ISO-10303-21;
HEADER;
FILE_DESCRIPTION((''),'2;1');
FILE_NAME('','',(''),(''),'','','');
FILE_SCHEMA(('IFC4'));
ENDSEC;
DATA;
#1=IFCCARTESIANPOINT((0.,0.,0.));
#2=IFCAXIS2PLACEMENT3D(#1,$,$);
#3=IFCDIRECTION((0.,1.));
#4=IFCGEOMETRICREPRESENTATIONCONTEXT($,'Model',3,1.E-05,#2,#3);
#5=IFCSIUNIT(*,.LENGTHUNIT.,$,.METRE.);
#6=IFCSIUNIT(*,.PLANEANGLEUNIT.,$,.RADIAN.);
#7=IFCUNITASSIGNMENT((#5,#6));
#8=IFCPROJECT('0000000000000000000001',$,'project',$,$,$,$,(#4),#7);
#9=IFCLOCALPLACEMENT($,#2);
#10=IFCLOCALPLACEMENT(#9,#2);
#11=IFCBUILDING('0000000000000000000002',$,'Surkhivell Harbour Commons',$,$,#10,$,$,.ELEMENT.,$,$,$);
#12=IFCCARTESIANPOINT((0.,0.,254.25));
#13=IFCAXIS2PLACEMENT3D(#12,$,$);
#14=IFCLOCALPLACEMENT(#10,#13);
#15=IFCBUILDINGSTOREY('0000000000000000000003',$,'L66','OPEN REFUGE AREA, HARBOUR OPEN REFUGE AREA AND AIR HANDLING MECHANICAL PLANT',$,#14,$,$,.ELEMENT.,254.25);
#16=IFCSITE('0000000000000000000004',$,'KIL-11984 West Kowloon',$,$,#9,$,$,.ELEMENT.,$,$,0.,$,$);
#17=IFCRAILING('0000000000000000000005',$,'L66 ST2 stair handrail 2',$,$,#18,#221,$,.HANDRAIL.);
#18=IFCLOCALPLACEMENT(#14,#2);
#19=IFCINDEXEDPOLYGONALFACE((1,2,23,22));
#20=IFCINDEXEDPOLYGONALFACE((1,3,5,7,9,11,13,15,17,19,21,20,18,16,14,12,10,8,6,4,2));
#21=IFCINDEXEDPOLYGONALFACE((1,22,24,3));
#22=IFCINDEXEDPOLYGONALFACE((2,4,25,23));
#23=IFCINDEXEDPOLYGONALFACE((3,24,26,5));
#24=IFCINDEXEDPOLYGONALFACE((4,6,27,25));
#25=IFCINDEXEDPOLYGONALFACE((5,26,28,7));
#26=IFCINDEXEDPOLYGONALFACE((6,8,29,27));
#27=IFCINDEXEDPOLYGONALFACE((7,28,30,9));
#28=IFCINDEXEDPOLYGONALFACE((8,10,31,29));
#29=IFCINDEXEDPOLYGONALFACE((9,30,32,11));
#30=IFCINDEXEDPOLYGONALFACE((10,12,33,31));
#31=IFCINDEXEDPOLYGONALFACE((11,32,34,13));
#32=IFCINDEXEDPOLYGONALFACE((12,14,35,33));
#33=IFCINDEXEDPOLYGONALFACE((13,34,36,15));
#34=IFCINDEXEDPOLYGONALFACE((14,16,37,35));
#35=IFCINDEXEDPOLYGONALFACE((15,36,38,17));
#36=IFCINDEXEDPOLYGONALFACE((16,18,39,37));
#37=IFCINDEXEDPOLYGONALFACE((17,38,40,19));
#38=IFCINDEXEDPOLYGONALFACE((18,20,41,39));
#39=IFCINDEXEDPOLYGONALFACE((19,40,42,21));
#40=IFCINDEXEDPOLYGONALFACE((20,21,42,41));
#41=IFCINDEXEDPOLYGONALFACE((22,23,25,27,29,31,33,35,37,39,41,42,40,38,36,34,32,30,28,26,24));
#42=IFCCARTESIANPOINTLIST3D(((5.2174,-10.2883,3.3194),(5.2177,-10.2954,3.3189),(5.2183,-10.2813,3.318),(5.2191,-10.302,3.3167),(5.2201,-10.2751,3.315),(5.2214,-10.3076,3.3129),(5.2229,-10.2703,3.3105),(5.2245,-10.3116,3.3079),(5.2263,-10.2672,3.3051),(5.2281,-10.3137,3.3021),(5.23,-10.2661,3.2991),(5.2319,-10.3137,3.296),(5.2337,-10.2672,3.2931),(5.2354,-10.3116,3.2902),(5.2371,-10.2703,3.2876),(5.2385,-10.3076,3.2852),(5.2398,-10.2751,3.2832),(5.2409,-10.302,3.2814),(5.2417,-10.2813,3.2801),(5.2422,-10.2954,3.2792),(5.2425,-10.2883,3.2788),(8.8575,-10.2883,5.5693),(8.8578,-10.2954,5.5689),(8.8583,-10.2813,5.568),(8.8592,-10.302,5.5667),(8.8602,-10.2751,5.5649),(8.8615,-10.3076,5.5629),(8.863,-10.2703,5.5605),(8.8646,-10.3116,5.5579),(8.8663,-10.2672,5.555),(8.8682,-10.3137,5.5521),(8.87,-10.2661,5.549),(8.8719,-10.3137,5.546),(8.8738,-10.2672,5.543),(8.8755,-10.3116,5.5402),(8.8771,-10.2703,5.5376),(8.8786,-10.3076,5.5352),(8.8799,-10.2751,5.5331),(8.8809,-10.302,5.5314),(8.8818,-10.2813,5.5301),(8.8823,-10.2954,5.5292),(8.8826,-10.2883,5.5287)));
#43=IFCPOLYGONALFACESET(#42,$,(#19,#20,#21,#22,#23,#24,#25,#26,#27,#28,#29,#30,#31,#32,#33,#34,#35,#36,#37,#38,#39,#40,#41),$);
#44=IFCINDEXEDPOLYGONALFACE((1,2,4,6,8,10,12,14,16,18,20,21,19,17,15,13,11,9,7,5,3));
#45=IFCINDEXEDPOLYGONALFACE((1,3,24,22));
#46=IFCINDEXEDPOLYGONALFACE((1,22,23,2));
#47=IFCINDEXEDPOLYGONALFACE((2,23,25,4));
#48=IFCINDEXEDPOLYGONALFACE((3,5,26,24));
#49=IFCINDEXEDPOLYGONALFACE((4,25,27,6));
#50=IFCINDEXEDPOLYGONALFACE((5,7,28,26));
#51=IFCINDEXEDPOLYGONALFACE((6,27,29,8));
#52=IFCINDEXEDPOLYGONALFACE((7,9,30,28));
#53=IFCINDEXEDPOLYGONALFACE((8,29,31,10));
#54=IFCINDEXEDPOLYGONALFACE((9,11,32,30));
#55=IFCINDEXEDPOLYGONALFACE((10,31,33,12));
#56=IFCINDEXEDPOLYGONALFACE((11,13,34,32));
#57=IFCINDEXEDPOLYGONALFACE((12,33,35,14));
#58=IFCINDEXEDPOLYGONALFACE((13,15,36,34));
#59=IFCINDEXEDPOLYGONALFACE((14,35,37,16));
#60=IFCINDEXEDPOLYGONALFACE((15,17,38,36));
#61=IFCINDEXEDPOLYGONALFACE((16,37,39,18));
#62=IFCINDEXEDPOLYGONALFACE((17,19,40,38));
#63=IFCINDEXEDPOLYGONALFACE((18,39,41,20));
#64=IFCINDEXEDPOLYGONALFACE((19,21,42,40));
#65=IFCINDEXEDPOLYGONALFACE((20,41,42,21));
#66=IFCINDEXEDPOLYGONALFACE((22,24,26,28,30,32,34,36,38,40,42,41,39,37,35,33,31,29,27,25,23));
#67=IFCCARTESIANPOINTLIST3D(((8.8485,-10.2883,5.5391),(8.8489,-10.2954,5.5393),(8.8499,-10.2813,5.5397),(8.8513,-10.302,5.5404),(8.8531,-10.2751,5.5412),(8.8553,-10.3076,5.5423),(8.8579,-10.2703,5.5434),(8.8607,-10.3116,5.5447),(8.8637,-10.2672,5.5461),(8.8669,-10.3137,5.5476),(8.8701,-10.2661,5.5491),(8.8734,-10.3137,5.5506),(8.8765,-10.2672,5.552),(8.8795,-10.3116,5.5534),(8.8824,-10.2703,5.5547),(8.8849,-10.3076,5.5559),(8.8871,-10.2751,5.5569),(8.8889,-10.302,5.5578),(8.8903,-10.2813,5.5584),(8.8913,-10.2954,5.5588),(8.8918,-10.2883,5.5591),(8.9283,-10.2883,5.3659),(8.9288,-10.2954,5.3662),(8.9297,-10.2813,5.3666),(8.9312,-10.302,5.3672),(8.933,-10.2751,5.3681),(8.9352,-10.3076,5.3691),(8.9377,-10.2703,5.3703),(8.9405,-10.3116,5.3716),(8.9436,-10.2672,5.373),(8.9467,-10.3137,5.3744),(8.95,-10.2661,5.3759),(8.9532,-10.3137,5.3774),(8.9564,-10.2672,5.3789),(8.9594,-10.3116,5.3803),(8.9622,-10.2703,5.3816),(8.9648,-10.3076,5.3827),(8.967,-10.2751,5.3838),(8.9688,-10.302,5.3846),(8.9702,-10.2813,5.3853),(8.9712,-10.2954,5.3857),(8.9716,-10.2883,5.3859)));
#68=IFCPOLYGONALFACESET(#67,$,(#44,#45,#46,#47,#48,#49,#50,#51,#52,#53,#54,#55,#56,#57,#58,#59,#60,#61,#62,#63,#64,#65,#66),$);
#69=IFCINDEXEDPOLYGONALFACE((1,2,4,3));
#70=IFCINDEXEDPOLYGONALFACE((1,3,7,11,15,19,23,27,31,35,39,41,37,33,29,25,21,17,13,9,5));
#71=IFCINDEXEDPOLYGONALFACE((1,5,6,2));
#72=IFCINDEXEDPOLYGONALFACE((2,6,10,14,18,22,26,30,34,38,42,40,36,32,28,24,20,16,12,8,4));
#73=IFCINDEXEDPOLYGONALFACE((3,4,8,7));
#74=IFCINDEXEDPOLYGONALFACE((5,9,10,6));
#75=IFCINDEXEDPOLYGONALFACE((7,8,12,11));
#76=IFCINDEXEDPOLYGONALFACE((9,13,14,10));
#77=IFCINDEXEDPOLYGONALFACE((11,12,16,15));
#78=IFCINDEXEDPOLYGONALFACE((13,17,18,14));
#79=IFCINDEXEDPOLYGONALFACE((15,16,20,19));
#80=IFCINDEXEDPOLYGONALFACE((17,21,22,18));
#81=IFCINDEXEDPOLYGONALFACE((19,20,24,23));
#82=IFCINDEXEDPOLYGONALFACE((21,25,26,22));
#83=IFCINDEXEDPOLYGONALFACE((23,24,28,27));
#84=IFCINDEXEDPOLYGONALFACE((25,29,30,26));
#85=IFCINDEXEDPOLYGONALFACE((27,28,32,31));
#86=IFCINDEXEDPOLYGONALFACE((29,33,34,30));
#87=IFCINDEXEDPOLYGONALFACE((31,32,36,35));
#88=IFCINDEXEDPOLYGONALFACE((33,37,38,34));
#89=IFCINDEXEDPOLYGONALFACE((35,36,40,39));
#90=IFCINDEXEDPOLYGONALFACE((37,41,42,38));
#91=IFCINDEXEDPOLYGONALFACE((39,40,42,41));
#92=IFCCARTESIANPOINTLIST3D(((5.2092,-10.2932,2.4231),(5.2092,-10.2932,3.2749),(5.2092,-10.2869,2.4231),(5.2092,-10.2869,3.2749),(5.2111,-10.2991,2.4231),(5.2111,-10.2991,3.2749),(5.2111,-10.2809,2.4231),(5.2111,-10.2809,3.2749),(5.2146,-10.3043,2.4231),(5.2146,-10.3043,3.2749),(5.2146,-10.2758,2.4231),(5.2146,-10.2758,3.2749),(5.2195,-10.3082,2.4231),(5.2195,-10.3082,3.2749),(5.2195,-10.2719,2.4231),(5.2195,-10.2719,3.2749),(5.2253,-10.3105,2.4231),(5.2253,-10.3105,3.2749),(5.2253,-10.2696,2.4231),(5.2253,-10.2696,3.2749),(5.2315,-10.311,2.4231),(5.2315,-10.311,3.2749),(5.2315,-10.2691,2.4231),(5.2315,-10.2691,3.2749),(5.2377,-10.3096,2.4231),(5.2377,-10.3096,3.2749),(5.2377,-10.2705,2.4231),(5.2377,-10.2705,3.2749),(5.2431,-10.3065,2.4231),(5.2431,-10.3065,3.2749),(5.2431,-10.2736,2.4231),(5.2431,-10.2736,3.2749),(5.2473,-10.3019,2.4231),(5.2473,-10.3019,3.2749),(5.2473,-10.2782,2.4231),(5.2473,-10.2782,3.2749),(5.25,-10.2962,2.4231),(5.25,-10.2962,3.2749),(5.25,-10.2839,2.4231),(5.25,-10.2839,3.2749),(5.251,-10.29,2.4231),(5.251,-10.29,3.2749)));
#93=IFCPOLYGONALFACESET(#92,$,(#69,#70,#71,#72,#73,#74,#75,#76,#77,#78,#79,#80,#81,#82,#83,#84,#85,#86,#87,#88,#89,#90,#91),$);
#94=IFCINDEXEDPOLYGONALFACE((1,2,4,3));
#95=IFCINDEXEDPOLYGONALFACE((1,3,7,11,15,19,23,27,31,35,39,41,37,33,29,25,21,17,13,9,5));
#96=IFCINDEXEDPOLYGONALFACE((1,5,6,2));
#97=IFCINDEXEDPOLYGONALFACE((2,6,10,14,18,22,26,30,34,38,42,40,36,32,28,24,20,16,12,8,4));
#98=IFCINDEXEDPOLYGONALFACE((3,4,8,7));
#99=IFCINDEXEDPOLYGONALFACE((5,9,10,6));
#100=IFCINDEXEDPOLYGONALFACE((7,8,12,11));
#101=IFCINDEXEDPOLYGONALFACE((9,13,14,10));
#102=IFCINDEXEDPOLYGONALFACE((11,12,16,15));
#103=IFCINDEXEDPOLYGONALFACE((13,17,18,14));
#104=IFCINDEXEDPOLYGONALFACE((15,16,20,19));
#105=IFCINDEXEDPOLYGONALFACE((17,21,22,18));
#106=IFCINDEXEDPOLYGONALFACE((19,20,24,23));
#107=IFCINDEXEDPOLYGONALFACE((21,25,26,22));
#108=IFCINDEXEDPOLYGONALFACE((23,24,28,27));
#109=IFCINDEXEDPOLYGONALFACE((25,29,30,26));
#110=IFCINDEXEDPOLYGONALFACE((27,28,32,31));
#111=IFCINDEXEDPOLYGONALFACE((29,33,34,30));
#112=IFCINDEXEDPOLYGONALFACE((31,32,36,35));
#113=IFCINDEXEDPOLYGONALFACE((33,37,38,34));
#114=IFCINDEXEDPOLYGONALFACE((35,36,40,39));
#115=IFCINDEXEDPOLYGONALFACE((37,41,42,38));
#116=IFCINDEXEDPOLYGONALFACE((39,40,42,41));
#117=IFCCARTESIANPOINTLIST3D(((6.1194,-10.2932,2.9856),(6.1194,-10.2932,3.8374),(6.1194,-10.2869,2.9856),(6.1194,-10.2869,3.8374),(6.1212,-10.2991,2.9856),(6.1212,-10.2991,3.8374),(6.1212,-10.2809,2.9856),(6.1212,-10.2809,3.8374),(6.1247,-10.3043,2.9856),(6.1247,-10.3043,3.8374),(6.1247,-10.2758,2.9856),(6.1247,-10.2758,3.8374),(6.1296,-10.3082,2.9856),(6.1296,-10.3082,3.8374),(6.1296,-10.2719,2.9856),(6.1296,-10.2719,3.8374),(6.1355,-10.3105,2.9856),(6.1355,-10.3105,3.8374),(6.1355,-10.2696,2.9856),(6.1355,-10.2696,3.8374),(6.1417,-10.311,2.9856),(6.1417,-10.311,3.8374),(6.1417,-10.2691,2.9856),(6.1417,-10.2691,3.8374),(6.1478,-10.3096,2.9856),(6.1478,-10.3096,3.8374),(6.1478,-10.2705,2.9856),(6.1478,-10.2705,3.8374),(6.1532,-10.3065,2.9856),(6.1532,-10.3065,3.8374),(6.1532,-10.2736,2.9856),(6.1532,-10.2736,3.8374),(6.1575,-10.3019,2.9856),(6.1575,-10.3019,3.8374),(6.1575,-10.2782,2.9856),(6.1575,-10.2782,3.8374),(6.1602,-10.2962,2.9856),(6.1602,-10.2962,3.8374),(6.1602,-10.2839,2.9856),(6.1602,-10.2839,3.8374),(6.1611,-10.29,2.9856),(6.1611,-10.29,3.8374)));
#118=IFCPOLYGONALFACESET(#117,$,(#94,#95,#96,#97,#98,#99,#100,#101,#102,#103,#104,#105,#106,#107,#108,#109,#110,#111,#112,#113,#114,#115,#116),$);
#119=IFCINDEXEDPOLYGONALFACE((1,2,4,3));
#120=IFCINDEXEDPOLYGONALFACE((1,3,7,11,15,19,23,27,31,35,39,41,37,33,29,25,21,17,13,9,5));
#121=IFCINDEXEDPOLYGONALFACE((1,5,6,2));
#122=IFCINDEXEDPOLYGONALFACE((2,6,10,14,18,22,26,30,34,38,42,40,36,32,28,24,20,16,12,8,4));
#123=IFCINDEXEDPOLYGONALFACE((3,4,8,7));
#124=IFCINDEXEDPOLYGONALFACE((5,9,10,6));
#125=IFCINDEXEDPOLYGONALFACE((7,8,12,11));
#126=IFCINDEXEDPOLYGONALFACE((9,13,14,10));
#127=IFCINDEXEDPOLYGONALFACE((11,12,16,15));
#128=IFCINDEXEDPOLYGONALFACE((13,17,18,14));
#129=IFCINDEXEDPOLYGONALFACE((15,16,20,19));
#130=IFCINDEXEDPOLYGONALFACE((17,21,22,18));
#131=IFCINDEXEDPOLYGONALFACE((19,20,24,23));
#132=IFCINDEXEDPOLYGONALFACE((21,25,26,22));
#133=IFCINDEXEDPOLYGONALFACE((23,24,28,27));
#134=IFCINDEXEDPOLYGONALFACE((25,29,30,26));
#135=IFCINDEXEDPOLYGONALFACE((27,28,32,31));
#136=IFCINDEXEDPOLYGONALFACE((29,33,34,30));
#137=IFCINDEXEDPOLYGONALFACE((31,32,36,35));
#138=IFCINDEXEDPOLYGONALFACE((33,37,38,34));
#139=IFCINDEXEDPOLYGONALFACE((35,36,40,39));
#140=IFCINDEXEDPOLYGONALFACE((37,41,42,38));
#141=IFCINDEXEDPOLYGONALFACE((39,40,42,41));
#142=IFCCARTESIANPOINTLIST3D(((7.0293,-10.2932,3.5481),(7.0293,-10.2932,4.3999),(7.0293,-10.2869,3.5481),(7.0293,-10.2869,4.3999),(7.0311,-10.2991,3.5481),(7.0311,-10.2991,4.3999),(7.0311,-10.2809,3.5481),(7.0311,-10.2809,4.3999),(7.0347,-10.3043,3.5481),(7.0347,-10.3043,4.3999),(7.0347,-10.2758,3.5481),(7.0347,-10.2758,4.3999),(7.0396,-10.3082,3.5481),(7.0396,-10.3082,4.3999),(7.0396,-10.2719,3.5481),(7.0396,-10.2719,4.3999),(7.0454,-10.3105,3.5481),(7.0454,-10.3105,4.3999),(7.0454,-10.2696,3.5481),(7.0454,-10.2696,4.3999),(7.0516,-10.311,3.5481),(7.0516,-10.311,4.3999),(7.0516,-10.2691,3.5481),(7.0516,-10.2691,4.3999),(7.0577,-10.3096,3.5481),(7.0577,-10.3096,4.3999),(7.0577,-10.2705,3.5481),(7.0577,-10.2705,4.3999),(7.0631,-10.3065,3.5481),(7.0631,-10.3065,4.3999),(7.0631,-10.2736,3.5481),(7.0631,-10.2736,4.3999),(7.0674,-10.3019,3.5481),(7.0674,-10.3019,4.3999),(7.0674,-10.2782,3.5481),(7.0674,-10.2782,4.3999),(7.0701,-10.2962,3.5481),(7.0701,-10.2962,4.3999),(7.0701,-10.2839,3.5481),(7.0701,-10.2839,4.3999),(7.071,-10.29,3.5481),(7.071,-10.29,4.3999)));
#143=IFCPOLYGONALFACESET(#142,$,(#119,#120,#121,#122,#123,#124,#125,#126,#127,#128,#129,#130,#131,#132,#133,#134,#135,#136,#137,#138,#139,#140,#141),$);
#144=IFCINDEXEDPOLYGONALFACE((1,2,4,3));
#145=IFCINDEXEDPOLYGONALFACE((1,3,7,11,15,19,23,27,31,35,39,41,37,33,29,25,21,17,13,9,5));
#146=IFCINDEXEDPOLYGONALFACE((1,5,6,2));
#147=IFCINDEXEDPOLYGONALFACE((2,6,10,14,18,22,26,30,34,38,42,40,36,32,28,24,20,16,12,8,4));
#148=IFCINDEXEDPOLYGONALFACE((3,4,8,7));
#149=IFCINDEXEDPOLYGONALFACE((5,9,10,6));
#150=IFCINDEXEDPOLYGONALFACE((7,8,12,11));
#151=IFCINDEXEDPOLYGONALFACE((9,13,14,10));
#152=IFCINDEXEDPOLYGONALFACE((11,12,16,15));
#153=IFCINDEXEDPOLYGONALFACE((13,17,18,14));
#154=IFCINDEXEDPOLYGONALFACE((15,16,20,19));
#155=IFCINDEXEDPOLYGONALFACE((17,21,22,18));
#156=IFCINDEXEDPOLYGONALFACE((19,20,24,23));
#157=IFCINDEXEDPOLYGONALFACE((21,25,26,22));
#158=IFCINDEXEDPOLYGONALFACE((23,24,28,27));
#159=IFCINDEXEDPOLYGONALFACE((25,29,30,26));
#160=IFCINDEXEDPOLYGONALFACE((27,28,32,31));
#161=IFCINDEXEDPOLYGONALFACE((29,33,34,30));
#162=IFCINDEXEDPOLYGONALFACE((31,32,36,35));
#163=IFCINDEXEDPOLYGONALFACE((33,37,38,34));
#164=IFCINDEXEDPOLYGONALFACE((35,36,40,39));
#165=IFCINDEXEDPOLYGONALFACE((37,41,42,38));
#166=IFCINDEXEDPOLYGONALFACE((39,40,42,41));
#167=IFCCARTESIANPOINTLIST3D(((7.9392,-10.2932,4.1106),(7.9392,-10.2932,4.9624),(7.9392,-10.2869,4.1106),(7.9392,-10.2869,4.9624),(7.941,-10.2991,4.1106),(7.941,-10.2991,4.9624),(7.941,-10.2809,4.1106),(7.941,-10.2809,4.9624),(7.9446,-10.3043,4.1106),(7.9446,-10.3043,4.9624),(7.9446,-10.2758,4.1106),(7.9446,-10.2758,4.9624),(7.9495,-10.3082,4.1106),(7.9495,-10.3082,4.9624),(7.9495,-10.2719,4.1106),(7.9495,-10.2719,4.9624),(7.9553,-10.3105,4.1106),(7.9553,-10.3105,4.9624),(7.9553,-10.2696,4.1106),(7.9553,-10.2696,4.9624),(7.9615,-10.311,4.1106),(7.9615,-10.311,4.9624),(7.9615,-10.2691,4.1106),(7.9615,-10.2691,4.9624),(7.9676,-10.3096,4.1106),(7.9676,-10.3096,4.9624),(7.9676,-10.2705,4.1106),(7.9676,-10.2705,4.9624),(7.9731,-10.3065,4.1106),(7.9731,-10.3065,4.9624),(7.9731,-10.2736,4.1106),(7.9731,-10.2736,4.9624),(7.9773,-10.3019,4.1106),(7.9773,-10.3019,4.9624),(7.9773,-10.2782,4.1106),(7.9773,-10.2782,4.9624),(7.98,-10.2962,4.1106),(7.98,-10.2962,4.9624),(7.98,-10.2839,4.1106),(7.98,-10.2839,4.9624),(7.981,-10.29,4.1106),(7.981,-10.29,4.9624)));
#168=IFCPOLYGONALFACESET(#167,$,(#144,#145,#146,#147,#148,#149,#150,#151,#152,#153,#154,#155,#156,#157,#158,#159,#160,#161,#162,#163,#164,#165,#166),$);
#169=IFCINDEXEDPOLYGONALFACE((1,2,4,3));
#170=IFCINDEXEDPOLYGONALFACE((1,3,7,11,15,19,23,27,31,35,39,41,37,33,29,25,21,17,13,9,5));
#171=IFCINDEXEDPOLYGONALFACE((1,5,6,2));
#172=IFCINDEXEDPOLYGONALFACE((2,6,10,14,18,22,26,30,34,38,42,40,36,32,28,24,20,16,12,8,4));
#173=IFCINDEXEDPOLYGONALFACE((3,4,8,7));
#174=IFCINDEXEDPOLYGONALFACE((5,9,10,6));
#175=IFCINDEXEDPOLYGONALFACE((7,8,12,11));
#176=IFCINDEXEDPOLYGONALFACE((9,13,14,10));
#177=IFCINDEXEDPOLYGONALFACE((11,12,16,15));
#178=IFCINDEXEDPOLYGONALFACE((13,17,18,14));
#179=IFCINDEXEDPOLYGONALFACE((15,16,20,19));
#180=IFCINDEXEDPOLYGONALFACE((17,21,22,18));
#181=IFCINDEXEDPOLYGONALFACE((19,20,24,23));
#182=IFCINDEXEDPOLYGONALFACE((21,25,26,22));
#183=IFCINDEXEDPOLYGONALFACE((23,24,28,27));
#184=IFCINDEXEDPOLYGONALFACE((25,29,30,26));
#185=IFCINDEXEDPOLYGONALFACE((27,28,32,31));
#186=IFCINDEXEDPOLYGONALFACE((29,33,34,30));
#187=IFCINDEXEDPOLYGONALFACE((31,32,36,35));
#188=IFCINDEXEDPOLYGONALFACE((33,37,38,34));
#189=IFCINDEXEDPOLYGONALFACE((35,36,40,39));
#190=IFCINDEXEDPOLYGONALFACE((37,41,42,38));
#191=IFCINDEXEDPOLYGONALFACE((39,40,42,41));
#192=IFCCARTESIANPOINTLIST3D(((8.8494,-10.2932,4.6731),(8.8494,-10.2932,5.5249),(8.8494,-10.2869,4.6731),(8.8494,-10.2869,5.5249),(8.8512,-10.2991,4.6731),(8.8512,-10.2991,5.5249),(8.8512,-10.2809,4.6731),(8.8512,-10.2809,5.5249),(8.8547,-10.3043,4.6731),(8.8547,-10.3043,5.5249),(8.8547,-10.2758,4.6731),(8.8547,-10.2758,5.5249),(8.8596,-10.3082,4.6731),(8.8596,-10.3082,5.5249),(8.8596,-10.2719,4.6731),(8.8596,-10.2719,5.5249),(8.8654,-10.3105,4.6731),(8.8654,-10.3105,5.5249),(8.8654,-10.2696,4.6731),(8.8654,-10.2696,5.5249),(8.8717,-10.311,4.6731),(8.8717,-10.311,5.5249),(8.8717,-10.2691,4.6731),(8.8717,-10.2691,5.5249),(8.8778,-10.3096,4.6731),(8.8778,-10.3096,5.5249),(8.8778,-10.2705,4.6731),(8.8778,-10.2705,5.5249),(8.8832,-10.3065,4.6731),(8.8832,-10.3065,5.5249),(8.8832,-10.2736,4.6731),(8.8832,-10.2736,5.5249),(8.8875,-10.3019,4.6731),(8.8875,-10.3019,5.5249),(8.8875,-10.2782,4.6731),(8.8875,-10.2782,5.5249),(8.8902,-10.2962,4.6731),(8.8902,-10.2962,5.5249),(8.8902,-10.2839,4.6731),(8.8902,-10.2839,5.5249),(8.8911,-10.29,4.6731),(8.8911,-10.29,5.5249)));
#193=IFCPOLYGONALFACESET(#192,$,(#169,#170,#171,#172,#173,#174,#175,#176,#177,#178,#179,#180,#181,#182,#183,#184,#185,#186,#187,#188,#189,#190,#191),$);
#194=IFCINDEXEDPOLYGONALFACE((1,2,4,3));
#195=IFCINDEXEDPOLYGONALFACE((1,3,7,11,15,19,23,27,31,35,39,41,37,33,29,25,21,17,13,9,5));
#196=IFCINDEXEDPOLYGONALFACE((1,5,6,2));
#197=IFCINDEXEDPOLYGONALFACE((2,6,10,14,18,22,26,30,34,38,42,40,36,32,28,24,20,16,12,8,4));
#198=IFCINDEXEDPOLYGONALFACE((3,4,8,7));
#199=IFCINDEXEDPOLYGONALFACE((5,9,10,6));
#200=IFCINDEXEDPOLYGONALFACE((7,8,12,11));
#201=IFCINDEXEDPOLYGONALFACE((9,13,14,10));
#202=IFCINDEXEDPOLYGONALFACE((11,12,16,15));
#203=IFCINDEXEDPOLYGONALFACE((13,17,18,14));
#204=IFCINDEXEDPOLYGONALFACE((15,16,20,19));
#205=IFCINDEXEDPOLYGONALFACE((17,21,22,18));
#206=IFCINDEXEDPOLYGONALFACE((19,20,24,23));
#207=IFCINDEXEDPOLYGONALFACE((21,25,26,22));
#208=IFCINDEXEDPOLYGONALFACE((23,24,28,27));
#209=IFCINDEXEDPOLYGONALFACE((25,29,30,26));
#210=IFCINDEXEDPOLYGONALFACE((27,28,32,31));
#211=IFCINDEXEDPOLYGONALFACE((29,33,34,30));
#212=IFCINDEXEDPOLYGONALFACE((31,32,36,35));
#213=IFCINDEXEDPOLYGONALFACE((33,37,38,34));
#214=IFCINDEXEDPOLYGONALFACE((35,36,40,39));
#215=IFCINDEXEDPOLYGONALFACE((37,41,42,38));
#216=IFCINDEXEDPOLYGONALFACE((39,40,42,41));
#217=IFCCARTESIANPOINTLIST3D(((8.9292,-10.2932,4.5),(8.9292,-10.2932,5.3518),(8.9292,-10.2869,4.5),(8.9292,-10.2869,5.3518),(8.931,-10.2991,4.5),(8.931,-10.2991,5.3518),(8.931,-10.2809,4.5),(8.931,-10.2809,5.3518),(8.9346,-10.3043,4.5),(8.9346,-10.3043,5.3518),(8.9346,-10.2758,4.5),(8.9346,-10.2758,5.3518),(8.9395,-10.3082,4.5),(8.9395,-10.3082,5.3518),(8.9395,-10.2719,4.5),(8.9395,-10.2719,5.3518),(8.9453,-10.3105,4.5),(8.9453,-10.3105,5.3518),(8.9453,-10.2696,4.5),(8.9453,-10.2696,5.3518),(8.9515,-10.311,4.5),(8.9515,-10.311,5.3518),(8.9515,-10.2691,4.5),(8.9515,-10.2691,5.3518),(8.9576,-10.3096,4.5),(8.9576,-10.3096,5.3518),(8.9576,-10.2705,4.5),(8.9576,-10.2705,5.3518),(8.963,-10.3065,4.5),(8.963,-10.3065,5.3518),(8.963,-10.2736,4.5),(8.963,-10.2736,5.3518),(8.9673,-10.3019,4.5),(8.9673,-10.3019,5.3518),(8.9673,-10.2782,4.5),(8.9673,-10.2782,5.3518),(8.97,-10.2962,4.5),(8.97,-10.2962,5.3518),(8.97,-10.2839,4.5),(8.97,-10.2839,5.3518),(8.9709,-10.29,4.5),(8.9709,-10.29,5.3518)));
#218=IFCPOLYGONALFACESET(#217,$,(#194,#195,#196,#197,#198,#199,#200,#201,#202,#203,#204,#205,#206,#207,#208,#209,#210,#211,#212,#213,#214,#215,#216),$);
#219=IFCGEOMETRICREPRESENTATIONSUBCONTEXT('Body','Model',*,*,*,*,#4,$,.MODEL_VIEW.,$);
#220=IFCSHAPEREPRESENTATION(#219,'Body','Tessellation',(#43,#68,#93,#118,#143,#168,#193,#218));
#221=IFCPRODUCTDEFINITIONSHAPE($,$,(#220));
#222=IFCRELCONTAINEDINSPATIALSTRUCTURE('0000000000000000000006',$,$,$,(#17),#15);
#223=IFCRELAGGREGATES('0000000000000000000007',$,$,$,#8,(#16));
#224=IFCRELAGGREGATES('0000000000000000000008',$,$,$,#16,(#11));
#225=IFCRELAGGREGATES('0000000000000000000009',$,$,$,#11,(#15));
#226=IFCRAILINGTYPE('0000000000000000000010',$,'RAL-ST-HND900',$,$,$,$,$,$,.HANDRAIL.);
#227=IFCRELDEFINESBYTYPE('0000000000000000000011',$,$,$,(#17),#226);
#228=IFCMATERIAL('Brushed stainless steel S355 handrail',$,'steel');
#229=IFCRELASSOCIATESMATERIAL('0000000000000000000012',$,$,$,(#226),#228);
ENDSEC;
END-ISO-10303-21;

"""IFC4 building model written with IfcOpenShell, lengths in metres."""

from ifc_helpers import new_model, si_unit, direction, frame, origin, origin_2d, place, context, subcontext, project, spatial, circle, extrude, material, type_object, element, save


model = new_model("IFC4")

# Units and contexts
model_context = context("Model", 3, precision=1e-05, world=origin(), true_north=direction((0.0, 1.0)))
body_context = subcontext(model_context, "Body", "Model", "MODEL_VIEW")
ifc_project = project(units=[si_unit("LENGTHUNIT", "METRE"), si_unit("PLANEANGLEUNIT", "RADIAN")], contexts=[model_context])

# Site, building, storey
site_placement = place(None, origin())
site = spatial("IfcSite", under=ifc_project, at=site_placement, Name="KIL-11984 West Kowloon", CompositionType="ELEMENT", RefElevation=0.0)
building_placement = place(site_placement, origin())
building = spatial("IfcBuilding", under=site, at=building_placement, Name="Surkhivell Harbour Commons", CompositionType="ELEMENT")
storey_placement = place(building_placement, frame((0.0, 0.0, 254.25)))
storey = spatial("IfcBuildingStorey", under=building, at=storey_placement, Name="L66", Description="OPEN REFUGE AREA, HARBOUR OPEN REFUGE AREA AND AIR HANDLING MECHANICAL PLANT", CompositionType="ELEMENT", Elevation=254.25)

# Railing
ifc_material_1 = material(Name="Brushed stainless steel S355 handrail", Category="steel")
railing_type_1 = type_object("IfcRailingType", Name="RAL-ST-HND900", PredefinedType="HANDRAIL", material=ifc_material_1)
railing_1_placement = place(storey_placement, frame((5.23, -10.29, 2.4231)))
element("IfcRailing", 1, at=railing_1_placement, inside=storey, type_object=railing_type_1, Name="L66 ST2 stair handrail 2", PredefinedType="HANDRAIL", context=body_context, shape_type="SweptSolid", body=[
    extrude(circle(Radius=0.0239, at=origin_2d()), frame((0.0, 0.0, 0.876), z_axis=(0.850622, 0.0, 0.525777), x_axis=(0.0, 1.0, 0.0)), (0.0, 0.0, 1.0), 4.2793),
    extrude(circle(Radius=0.0239, at=origin_2d()), frame((3.6401, 0.0, 3.126), z_axis=(0.418815, 0.0, -0.908072), x_axis=(0.0, 1.0, 0.0)), (0.0, 0.0, 1.0), 0.1907),
    extrude(circle(Radius=0.021, at=origin_2d()), origin(), (0.0, 0.0, 1.0), 0.8518),
    extrude(circle(Radius=0.021, at=origin_2d()), frame((0.9102, 0.0, 0.5625)), (0.0, 0.0, 1.0), 0.8518),
    extrude(circle(Radius=0.021, at=origin_2d()), frame((1.8201, 0.0, 1.125)), (0.0, 0.0, 1.0), 0.8518),
    extrude(circle(Radius=0.021, at=origin_2d()), frame((2.73, 0.0, 1.6875)), (0.0, 0.0, 1.0), 0.8518),
    extrude(circle(Radius=0.021, at=origin_2d()), frame((3.6401, 0.0, 2.25)), (0.0, 0.0, 1.0), 0.8518),
    extrude(circle(Radius=0.021, at=origin_2d()), frame((3.72, 0.0, 2.0769)), (0.0, 0.0, 1.0), 0.8518),
])

save(model, "model.ifc")
